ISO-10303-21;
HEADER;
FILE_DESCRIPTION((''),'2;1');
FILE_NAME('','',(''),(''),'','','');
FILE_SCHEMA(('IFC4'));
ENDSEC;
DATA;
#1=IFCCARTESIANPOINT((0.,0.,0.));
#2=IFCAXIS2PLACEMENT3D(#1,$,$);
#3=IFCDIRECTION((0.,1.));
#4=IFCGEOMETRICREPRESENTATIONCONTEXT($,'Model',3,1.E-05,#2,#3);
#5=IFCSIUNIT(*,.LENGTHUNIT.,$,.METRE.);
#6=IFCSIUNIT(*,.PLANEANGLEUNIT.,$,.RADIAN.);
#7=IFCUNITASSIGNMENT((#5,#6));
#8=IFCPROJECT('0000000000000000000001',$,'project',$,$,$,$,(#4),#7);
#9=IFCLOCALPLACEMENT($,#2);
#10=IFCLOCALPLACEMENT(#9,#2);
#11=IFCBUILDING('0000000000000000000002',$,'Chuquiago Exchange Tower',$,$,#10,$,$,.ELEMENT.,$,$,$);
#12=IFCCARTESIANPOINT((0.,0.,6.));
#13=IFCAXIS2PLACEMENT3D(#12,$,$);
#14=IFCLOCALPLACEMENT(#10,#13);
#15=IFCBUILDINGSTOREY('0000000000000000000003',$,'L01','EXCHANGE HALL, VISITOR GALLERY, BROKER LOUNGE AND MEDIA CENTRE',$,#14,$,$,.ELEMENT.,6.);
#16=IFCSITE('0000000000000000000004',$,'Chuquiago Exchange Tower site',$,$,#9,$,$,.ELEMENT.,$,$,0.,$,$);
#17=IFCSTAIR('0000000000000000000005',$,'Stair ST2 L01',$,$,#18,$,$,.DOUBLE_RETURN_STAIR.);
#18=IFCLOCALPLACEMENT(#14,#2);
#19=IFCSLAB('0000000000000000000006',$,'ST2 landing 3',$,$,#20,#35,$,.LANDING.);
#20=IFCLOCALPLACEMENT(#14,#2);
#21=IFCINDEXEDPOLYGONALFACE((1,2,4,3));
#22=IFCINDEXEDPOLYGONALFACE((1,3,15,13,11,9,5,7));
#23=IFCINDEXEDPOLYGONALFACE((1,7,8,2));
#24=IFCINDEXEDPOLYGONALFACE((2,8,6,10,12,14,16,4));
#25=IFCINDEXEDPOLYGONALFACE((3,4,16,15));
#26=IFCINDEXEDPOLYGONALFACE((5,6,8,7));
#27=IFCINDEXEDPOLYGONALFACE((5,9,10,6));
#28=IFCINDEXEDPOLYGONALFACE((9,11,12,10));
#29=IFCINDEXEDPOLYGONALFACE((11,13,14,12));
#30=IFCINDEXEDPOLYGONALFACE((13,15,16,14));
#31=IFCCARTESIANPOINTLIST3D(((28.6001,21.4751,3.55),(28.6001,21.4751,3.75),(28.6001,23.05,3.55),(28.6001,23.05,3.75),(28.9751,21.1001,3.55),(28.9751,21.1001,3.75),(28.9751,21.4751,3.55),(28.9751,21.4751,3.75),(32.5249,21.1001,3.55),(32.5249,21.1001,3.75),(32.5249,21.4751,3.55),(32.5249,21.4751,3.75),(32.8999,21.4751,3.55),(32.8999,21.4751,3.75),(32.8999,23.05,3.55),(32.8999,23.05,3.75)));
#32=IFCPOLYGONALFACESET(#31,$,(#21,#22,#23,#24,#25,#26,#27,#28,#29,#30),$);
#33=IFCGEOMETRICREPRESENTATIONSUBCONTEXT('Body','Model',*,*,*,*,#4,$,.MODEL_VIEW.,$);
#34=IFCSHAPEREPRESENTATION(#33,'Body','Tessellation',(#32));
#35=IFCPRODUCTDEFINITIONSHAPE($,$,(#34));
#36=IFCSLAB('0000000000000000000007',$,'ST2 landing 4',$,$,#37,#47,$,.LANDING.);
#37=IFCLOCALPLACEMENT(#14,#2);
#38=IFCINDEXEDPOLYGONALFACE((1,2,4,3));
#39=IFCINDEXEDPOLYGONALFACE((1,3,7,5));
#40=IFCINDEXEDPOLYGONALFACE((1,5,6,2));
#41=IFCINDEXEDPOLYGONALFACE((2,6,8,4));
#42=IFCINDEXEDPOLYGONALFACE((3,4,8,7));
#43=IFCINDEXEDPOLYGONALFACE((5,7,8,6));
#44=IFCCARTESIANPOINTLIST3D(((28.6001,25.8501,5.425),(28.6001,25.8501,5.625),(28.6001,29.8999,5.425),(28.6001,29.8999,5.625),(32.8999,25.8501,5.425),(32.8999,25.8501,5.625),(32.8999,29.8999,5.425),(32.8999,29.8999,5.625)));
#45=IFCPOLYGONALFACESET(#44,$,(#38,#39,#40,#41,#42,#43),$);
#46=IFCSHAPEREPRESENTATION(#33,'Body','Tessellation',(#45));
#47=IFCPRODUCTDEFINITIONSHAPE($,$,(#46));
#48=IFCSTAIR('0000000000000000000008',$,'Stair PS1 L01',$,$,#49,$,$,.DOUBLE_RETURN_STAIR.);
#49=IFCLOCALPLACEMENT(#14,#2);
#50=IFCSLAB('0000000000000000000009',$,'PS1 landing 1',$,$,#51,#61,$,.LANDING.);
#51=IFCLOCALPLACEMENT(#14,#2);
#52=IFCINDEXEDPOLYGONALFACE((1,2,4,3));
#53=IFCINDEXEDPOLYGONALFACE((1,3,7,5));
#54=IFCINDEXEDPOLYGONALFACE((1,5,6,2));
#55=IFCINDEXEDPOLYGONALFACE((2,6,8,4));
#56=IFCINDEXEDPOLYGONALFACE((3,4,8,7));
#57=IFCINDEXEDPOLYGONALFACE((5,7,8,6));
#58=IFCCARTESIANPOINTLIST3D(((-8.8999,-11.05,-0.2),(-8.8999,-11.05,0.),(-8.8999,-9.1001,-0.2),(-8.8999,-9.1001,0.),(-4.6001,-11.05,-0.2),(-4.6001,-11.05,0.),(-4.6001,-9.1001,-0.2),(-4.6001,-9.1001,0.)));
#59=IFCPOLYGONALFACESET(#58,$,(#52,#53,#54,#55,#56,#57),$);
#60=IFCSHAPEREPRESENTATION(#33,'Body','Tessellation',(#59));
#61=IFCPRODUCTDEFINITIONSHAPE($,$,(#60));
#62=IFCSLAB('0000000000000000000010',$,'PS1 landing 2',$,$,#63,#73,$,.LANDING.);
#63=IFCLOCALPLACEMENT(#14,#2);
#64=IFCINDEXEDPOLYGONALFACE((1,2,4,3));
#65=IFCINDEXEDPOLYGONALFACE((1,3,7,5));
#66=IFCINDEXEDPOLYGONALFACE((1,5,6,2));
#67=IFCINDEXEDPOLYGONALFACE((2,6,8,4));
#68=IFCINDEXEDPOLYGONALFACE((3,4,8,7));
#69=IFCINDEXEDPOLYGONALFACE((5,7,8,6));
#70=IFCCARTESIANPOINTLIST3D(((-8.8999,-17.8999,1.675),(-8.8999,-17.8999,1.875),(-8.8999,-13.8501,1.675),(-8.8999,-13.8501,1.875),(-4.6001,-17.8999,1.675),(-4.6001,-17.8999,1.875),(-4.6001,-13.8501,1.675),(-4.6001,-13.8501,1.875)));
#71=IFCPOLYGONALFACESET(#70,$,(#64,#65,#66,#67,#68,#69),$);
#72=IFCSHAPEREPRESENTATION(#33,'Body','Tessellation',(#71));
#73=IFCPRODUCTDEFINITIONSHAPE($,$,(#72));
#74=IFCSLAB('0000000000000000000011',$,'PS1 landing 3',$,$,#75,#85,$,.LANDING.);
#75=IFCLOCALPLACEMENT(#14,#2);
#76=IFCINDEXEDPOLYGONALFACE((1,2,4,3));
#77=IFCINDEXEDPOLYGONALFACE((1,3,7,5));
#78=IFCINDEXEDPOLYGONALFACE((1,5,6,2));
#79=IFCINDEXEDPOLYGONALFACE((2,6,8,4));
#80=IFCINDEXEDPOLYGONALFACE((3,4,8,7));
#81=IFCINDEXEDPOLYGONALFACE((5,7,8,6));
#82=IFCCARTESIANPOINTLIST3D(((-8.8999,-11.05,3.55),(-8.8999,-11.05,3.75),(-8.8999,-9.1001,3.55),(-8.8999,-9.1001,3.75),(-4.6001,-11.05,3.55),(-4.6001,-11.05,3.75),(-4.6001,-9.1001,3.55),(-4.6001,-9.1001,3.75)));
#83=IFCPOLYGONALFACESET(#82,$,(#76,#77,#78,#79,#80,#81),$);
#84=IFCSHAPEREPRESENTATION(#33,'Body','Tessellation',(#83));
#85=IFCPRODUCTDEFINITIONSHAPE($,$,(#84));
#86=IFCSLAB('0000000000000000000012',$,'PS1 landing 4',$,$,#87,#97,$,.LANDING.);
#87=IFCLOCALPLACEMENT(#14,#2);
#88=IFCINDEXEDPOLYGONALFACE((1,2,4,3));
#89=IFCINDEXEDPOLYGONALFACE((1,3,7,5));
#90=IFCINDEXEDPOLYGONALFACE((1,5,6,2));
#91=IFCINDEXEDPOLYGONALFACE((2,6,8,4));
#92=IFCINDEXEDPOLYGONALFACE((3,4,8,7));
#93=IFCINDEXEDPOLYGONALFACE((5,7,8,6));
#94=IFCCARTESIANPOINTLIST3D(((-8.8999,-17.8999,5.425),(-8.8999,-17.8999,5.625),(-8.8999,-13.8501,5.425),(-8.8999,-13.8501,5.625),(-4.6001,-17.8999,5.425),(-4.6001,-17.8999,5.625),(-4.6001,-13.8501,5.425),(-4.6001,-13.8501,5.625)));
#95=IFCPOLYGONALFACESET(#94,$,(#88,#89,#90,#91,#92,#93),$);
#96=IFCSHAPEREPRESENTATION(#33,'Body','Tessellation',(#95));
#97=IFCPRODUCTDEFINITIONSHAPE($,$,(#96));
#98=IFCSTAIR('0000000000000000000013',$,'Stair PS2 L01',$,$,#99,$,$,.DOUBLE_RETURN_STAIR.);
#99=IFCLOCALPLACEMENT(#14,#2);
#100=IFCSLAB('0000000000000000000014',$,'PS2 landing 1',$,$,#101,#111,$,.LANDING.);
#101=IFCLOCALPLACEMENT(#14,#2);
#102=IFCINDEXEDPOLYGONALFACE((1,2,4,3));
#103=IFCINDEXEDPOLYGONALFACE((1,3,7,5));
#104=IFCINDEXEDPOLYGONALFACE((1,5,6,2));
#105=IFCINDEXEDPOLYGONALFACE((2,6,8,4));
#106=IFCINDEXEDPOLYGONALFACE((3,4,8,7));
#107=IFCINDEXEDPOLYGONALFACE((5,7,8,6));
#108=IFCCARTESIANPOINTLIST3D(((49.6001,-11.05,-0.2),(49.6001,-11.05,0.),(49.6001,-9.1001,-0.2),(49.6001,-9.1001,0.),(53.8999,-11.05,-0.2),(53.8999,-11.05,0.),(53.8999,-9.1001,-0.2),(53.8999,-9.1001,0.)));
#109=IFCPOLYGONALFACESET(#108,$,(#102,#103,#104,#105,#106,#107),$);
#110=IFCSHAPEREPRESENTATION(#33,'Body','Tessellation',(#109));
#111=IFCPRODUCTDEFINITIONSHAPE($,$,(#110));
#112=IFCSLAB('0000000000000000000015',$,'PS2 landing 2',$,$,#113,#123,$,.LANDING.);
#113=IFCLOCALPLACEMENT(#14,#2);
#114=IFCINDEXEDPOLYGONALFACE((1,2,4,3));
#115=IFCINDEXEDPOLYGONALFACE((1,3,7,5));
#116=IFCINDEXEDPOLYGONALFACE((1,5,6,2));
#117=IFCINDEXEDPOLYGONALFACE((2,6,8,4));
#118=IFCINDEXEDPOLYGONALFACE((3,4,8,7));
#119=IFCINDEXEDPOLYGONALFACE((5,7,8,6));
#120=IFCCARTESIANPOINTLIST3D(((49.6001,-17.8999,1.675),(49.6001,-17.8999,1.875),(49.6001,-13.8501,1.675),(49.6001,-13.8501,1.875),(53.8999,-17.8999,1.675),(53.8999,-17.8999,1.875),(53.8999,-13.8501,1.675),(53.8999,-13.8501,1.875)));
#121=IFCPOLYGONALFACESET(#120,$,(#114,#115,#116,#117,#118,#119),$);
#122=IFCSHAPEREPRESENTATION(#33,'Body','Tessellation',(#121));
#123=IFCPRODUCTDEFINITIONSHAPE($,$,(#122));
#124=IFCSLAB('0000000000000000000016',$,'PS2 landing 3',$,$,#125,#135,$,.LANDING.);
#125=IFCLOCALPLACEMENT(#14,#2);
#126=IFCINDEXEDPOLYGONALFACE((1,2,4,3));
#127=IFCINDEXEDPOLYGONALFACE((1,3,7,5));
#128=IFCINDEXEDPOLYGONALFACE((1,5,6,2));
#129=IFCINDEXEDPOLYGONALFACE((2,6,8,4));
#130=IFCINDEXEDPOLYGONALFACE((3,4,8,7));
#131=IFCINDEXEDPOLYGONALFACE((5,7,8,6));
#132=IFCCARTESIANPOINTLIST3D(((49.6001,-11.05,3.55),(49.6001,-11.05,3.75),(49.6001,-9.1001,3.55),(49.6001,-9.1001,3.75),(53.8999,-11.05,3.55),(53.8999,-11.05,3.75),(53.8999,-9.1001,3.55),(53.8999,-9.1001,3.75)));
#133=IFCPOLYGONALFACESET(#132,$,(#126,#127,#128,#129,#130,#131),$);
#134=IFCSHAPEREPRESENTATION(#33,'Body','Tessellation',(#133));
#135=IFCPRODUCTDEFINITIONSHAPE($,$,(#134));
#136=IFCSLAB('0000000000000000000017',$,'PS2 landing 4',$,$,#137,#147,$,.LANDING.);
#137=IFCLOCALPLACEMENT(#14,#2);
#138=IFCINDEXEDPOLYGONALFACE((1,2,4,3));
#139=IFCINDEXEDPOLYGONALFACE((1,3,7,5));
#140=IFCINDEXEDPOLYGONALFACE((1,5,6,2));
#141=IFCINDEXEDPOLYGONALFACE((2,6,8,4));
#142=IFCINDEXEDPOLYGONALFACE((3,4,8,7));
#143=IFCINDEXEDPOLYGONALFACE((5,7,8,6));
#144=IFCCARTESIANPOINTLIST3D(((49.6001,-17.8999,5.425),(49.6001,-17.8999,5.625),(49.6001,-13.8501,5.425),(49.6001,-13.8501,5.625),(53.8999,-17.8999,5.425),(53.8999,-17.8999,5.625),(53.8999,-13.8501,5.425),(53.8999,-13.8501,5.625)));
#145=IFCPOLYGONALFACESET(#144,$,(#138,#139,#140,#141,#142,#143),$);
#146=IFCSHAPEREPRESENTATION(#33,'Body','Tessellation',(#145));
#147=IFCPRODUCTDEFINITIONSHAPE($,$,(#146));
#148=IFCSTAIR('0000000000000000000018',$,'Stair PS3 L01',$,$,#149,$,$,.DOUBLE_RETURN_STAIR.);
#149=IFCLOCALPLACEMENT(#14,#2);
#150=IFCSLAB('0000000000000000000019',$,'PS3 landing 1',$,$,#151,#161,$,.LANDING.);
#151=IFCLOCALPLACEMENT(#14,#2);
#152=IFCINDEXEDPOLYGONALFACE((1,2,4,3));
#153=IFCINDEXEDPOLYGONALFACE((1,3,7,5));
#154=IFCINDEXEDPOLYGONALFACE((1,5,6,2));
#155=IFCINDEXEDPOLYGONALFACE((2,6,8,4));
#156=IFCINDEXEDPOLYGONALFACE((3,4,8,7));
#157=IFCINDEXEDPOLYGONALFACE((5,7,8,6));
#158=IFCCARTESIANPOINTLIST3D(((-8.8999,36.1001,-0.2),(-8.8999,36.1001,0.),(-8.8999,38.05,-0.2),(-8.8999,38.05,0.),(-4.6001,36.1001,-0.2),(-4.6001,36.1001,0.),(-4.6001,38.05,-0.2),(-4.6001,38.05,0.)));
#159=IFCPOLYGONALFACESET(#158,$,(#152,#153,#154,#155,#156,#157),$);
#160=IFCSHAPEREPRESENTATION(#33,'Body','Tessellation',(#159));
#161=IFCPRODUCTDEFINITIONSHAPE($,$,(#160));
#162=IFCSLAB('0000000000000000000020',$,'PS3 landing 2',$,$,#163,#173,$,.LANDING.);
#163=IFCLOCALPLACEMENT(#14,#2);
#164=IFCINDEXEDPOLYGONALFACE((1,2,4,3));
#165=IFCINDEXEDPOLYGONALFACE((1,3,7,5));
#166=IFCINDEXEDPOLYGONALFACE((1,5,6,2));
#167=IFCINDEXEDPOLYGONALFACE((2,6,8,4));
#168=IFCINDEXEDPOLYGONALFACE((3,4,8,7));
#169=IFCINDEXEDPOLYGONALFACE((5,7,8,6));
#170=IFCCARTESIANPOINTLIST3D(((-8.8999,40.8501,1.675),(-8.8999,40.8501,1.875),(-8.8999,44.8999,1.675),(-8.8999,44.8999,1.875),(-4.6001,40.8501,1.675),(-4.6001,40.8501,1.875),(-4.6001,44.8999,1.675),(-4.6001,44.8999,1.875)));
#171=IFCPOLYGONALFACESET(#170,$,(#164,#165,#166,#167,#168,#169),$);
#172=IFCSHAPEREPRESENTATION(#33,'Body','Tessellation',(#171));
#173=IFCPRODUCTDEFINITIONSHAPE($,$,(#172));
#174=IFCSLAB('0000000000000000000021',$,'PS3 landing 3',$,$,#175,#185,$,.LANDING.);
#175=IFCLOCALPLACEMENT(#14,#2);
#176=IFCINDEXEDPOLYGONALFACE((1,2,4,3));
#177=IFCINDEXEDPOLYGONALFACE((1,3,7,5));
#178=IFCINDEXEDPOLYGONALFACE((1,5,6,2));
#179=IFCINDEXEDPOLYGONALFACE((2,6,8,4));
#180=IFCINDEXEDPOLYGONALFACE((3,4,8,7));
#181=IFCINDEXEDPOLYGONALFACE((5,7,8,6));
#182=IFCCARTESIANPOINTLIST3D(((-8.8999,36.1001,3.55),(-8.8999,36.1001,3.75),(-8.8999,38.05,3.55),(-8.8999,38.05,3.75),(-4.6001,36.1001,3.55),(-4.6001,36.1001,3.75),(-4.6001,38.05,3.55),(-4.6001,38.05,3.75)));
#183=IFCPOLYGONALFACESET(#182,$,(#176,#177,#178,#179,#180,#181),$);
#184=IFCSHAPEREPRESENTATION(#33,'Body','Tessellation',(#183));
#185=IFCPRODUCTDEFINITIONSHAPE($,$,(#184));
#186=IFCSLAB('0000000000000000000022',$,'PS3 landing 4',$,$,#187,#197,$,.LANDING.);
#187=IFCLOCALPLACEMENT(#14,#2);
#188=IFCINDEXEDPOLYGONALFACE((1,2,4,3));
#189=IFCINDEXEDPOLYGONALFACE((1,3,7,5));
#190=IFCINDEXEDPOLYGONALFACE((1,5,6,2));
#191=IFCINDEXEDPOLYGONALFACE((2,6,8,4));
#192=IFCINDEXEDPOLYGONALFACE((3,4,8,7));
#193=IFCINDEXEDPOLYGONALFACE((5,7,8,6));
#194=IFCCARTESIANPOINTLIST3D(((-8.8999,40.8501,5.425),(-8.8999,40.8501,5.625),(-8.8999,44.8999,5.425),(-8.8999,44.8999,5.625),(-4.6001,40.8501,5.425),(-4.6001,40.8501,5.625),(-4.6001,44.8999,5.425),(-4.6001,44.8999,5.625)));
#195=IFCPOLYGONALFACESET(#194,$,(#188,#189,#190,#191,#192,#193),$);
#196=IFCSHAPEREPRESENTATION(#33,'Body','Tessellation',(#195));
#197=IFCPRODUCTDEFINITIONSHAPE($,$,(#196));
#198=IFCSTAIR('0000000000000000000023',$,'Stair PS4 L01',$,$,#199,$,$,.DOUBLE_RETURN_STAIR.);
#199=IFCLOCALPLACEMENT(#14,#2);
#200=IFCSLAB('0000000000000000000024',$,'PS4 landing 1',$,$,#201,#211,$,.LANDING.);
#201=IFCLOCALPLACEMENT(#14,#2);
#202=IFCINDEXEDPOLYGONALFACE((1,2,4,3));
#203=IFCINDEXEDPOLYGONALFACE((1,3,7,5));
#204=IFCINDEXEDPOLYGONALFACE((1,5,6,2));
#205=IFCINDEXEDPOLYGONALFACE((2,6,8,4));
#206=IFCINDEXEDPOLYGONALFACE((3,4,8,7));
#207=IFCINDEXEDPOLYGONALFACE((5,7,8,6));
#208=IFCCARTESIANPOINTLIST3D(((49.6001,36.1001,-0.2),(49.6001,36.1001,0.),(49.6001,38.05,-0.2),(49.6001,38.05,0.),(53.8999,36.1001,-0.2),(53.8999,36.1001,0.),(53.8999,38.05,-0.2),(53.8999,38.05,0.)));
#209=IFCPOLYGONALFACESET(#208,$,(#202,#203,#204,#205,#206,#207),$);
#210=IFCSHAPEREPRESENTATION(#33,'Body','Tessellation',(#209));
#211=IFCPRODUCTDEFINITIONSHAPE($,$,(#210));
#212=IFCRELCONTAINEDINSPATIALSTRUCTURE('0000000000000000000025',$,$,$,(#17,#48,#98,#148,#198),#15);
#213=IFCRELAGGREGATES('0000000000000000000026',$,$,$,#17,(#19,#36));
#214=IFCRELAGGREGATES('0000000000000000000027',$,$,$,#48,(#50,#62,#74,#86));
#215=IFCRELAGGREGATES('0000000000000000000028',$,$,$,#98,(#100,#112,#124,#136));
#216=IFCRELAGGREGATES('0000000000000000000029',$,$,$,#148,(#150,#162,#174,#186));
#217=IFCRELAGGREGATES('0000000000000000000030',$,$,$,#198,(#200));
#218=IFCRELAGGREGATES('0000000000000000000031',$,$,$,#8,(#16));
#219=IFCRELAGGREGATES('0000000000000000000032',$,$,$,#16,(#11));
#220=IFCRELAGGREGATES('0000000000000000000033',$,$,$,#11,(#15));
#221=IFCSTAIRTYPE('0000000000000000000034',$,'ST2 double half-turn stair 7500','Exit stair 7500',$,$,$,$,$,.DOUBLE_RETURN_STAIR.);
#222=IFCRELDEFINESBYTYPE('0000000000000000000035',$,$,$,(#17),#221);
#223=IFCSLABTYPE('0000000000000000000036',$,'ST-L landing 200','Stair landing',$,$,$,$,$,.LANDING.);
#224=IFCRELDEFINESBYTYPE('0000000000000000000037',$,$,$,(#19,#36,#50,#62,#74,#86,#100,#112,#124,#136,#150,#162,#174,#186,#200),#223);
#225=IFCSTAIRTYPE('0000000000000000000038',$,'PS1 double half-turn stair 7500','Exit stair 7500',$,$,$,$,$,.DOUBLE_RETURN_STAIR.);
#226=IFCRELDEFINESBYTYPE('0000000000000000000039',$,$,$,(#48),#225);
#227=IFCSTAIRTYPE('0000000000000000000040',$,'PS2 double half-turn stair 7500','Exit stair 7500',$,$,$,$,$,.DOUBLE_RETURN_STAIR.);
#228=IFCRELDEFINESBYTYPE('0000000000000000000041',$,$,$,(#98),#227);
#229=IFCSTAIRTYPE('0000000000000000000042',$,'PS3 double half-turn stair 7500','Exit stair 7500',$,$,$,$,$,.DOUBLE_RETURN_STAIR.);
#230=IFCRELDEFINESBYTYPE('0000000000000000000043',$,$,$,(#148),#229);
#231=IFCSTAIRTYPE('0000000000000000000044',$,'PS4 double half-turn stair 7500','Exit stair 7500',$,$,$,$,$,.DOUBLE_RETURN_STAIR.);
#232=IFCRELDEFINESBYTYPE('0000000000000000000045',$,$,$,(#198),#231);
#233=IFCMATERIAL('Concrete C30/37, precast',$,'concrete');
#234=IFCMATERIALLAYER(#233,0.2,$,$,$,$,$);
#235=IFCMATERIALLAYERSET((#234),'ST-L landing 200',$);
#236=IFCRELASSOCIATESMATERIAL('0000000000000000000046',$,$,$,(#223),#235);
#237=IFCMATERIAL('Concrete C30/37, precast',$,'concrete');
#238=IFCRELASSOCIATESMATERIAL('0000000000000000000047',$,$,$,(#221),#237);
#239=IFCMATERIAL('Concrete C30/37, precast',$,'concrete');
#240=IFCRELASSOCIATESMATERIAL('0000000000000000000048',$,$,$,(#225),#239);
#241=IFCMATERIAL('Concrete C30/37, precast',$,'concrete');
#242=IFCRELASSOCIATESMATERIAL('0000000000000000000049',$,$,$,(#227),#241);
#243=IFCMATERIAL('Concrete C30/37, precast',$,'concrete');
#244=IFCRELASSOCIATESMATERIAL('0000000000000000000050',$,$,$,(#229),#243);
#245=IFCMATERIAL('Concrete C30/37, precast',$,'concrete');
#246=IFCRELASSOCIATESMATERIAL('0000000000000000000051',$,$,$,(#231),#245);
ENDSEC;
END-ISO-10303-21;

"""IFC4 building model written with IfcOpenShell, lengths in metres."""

from ifc_helpers import new_model, si_unit, direction, frame, origin, place, context, subcontext, project, spatial, polyline, outline, extrude, material, layer, layer_set, type_object, element, aggregate, save


model = new_model("IFC4")

# Units and contexts
model_context = context("Model", 3, precision=1e-05, world=origin(), true_north=direction((0.0, 1.0)))
body_context = subcontext(model_context, "Body", "Model", "MODEL_VIEW")
ifc_project = project(units=[si_unit("LENGTHUNIT", "METRE"), si_unit("PLANEANGLEUNIT", "RADIAN")], contexts=[model_context])

# Site, building, storey
site_placement = place(None, origin())
site = spatial("IfcSite", under=ifc_project, at=site_placement, Name="Chuquiago Exchange Tower site", CompositionType="ELEMENT", RefElevation=0.0)
building_placement = place(site_placement, origin())
building = spatial("IfcBuilding", under=site, at=building_placement, Name="Chuquiago Exchange Tower", CompositionType="ELEMENT")
storey_placement = place(building_placement, frame((0.0, 0.0, 6.0)))
storey = spatial("IfcBuildingStorey", under=building, at=storey_placement, Name="L01", Description="EXCHANGE HALL, VISITOR GALLERY, BROKER LOUNGE AND MEDIA CENTRE", CompositionType="ELEMENT", Elevation=6.0)

# Stairs, slabs
ifc_material_1 = material(Name="Concrete C30/37, precast", Category="concrete")
ifc_layer_1 = layer(ifc_material_1, 0.2)
ifc_layer_set_1 = layer_set([ifc_layer_1], Name="ST-L landing 200")
slab_type_1 = type_object("IfcSlabType", Name="ST-L landing 200", Description="Stair landing", PredefinedType="LANDING", material=ifc_layer_set_1)
ifc_material_2 = material(Name="Concrete C30/37, precast", Category="concrete")
stair_type_1 = type_object("IfcStairType", Name="ST2 double half-turn stair 7500", Description="Exit stair 7500", PredefinedType="DOUBLE_RETURN_STAIR", material=ifc_material_2)
stair_1_placement = place(storey_placement, origin())
stair_1 = element("IfcStair", 1, at=stair_1_placement, inside=storey, type_object=stair_type_1, Name="Stair ST2 L01", PredefinedType="DOUBLE_RETURN_STAIR")
slab_1_placement = place(storey_placement, frame((0.0, 0.0, 3.55)))
slab_1 = element("IfcSlab", 2, at=slab_1_placement, type_object=slab_type_1, Name="ST2 landing 3", PredefinedType="LANDING", context=body_context, shape_type="SweptSolid", body=[
    extrude(outline(polyline([(32.5249, 21.4751), (32.5249, 21.1001), (28.9751, 21.1001), (28.9751, 21.4751), (28.6001, 21.4751), (28.6001, 23.05), (32.8999, 23.05), (32.8999, 21.4751), (32.5249, 21.4751)])), origin(), (0.0, 0.0, 1.0), 0.2),
])
slab_2_placement = place(storey_placement, frame((0.0, 0.0, 5.425)))
slab_2 = element("IfcSlab", 3, at=slab_2_placement, type_object=slab_type_1, Name="ST2 landing 4", PredefinedType="LANDING", context=body_context, shape_type="SweptSolid", body=[
    extrude(outline(polyline([(28.6001, 29.8999), (32.8999, 29.8999), (32.8999, 25.8501), (28.6001, 25.8501), (28.6001, 29.8999)])), origin(), (0.0, 0.0, 1.0), 0.2),
])
aggregate(stair_1, [slab_1, slab_2])
ifc_material_3 = material(Name="Concrete C30/37, precast", Category="concrete")
stair_type_2 = type_object("IfcStairType", Name="PS1 double half-turn stair 7500", Description="Exit stair 7500", PredefinedType="DOUBLE_RETURN_STAIR", material=ifc_material_3)
stair_2_placement = place(storey_placement, origin())
stair_2 = element("IfcStair", 4, at=stair_2_placement, inside=storey, type_object=stair_type_2, Name="Stair PS1 L01", PredefinedType="DOUBLE_RETURN_STAIR")
slab_3_placement = place(storey_placement, frame((0.0, 0.0, -0.2)))
slab_3 = element("IfcSlab", 5, at=slab_3_placement, type_object=slab_type_1, Name="PS1 landing 1", PredefinedType="LANDING", context=body_context, shape_type="SweptSolid", body=[
    extrude(outline(polyline([(-4.6001, -11.05), (-4.6001, -9.1001), (-8.8999, -9.1001), (-8.8999, -11.05), (-4.6001, -11.05)])), origin(), (0.0, 0.0, 1.0), 0.2),
])
slab_4_placement = place(storey_placement, frame((0.0, 0.0, 1.675)))
slab_4 = element("IfcSlab", 6, at=slab_4_placement, type_object=slab_type_1, Name="PS1 landing 2", PredefinedType="LANDING", context=body_context, shape_type="SweptSolid", body=[
    extrude(outline(polyline([(-8.8999, -13.8501), (-4.6001, -13.8501), (-4.6001, -17.8999), (-8.8999, -17.8999), (-8.8999, -13.8501)])), origin(), (0.0, 0.0, 1.0), 0.2),
])
slab_5_placement = place(storey_placement, frame((0.0, 0.0, 3.55)))
slab_5 = element("IfcSlab", 7, at=slab_5_placement, type_object=slab_type_1, Name="PS1 landing 3", PredefinedType="LANDING", context=body_context, shape_type="SweptSolid", body=[
    extrude(outline(polyline([(-8.8999, -9.1001), (-4.6001, -9.1001), (-4.6001, -11.05), (-8.8999, -11.05), (-8.8999, -9.1001)])), origin(), (0.0, 0.0, 1.0), 0.2),
])
slab_6_placement = place(storey_placement, frame((0.0, 0.0, 5.425)))
slab_6 = element("IfcSlab", 8, at=slab_6_placement, type_object=slab_type_1, Name="PS1 landing 4", PredefinedType="LANDING", context=body_context, shape_type="SweptSolid", body=[
    extrude(outline(polyline([(-8.8999, -13.8501), (-4.6001, -13.8501), (-4.6001, -17.8999), (-8.8999, -17.8999), (-8.8999, -13.8501)])), origin(), (0.0, 0.0, 1.0), 0.2),
])
aggregate(stair_2, [slab_3, slab_4, slab_5, slab_6])
ifc_material_4 = material(Name="Concrete C30/37, precast", Category="concrete")
stair_type_3 = type_object("IfcStairType", Name="PS2 double half-turn stair 7500", Description="Exit stair 7500", PredefinedType="DOUBLE_RETURN_STAIR", material=ifc_material_4)
stair_3_placement = place(storey_placement, origin())
stair_3 = element("IfcStair", 9, at=stair_3_placement, inside=storey, type_object=stair_type_3, Name="Stair PS2 L01", PredefinedType="DOUBLE_RETURN_STAIR")
slab_7_placement = place(storey_placement, frame((0.0, 0.0, -0.2)))
slab_7 = element("IfcSlab", 10, at=slab_7_placement, type_object=slab_type_1, Name="PS2 landing 1", PredefinedType="LANDING", context=body_context, shape_type="SweptSolid", body=[
    extrude(outline(polyline([(53.8999, -11.05), (53.8999, -9.1001), (49.6001, -9.1001), (49.6001, -11.05), (53.8999, -11.05)])), origin(), (0.0, 0.0, 1.0), 0.2),
])
slab_8_placement = place(storey_placement, frame((0.0, 0.0, 1.675)))
slab_8 = element("IfcSlab", 11, at=slab_8_placement, type_object=slab_type_1, Name="PS2 landing 2", PredefinedType="LANDING", context=body_context, shape_type="SweptSolid", body=[
    extrude(outline(polyline([(49.6001, -13.8501), (53.8999, -13.8501), (53.8999, -17.8999), (49.6001, -17.8999), (49.6001, -13.8501)])), origin(), (0.0, 0.0, 1.0), 0.2),
])
slab_9_placement = place(storey_placement, frame((0.0, 0.0, 3.55)))
slab_9 = element("IfcSlab", 12, at=slab_9_placement, type_object=slab_type_1, Name="PS2 landing 3", PredefinedType="LANDING", context=body_context, shape_type="SweptSolid", body=[
    extrude(outline(polyline([(49.6001, -9.1001), (53.8999, -9.1001), (53.8999, -11.05), (49.6001, -11.05), (49.6001, -9.1001)])), origin(), (0.0, 0.0, 1.0), 0.2),
])
slab_10_placement = place(storey_placement, frame((0.0, 0.0, 5.425)))
slab_10 = element("IfcSlab", 13, at=slab_10_placement, type_object=slab_type_1, Name="PS2 landing 4", PredefinedType="LANDING", context=body_context, shape_type="SweptSolid", body=[
    extrude(outline(polyline([(49.6001, -13.8501), (53.8999, -13.8501), (53.8999, -17.8999), (49.6001, -17.8999), (49.6001, -13.8501)])), origin(), (0.0, 0.0, 1.0), 0.2),
])
aggregate(stair_3, [slab_7, slab_8, slab_9, slab_10])
ifc_material_5 = material(Name="Concrete C30/37, precast", Category="concrete")
stair_type_4 = type_object("IfcStairType", Name="PS3 double half-turn stair 7500", Description="Exit stair 7500", PredefinedType="DOUBLE_RETURN_STAIR", material=ifc_material_5)
stair_4_placement = place(storey_placement, origin())
stair_4 = element("IfcStair", 14, at=stair_4_placement, inside=storey, type_object=stair_type_4, Name="Stair PS3 L01", PredefinedType="DOUBLE_RETURN_STAIR")
slab_11_placement = place(storey_placement, frame((0.0, 0.0, -0.2)))
slab_11 = element("IfcSlab", 15, at=slab_11_placement, type_object=slab_type_1, Name="PS3 landing 1", PredefinedType="LANDING", context=body_context, shape_type="SweptSolid", body=[
    extrude(outline(polyline([(-4.6001, 36.1001), (-4.6001, 38.05), (-8.8999, 38.05), (-8.8999, 36.1001), (-4.6001, 36.1001)])), origin(), (0.0, 0.0, 1.0), 0.2),
])
slab_12_placement = place(storey_placement, frame((0.0, 0.0, 1.675)))
slab_12 = element("IfcSlab", 16, at=slab_12_placement, type_object=slab_type_1, Name="PS3 landing 2", PredefinedType="LANDING", context=body_context, shape_type="SweptSolid", body=[
    extrude(outline(polyline([(-8.8999, 44.8999), (-4.6001, 44.8999), (-4.6001, 40.8501), (-8.8999, 40.8501), (-8.8999, 44.8999)])), origin(), (0.0, 0.0, 1.0), 0.2),
])
slab_13_placement = place(storey_placement, frame((0.0, 0.0, 3.55)))
slab_13 = element("IfcSlab", 17, at=slab_13_placement, type_object=slab_type_1, Name="PS3 landing 3", PredefinedType="LANDING", context=body_context, shape_type="SweptSolid", body=[
    extrude(outline(polyline([(-8.8999, 38.05), (-4.6001, 38.05), (-4.6001, 36.1001), (-8.8999, 36.1001), (-8.8999, 38.05)])), origin(), (0.0, 0.0, 1.0), 0.2),
])
slab_14_placement = place(storey_placement, frame((0.0, 0.0, 5.425)))
slab_14 = element("IfcSlab", 18, at=slab_14_placement, type_object=slab_type_1, Name="PS3 landing 4", PredefinedType="LANDING", context=body_context, shape_type="SweptSolid", body=[
    extrude(outline(polyline([(-8.8999, 44.8999), (-4.6001, 44.8999), (-4.6001, 40.8501), (-8.8999, 40.8501), (-8.8999, 44.8999)])), origin(), (0.0, 0.0, 1.0), 0.2),
])
aggregate(stair_4, [slab_11, slab_12, slab_13, slab_14])
ifc_material_6 = material(Name="Concrete C30/37, precast", Category="concrete")
stair_type_5 = type_object("IfcStairType", Name="PS4 double half-turn stair 7500", Description="Exit stair 7500", PredefinedType="DOUBLE_RETURN_STAIR", material=ifc_material_6)
stair_5_placement = place(storey_placement, origin())
stair_5 = element("IfcStair", 19, at=stair_5_placement, inside=storey, type_object=stair_type_5, Name="Stair PS4 L01", PredefinedType="DOUBLE_RETURN_STAIR")
slab_15_placement = place(storey_placement, frame((0.0, 0.0, -0.2)))
slab_15 = element("IfcSlab", 20, at=slab_15_placement, type_object=slab_type_1, Name="PS4 landing 1", PredefinedType="LANDING", context=body_context, shape_type="SweptSolid", body=[
    extrude(outline(polyline([(53.8999, 36.1001), (53.8999, 38.05), (49.6001, 38.05), (49.6001, 36.1001), (53.8999, 36.1001)])), origin(), (0.0, 0.0, 1.0), 0.2),
])
aggregate(stair_5, [slab_15])

save(model, "model.ifc")
